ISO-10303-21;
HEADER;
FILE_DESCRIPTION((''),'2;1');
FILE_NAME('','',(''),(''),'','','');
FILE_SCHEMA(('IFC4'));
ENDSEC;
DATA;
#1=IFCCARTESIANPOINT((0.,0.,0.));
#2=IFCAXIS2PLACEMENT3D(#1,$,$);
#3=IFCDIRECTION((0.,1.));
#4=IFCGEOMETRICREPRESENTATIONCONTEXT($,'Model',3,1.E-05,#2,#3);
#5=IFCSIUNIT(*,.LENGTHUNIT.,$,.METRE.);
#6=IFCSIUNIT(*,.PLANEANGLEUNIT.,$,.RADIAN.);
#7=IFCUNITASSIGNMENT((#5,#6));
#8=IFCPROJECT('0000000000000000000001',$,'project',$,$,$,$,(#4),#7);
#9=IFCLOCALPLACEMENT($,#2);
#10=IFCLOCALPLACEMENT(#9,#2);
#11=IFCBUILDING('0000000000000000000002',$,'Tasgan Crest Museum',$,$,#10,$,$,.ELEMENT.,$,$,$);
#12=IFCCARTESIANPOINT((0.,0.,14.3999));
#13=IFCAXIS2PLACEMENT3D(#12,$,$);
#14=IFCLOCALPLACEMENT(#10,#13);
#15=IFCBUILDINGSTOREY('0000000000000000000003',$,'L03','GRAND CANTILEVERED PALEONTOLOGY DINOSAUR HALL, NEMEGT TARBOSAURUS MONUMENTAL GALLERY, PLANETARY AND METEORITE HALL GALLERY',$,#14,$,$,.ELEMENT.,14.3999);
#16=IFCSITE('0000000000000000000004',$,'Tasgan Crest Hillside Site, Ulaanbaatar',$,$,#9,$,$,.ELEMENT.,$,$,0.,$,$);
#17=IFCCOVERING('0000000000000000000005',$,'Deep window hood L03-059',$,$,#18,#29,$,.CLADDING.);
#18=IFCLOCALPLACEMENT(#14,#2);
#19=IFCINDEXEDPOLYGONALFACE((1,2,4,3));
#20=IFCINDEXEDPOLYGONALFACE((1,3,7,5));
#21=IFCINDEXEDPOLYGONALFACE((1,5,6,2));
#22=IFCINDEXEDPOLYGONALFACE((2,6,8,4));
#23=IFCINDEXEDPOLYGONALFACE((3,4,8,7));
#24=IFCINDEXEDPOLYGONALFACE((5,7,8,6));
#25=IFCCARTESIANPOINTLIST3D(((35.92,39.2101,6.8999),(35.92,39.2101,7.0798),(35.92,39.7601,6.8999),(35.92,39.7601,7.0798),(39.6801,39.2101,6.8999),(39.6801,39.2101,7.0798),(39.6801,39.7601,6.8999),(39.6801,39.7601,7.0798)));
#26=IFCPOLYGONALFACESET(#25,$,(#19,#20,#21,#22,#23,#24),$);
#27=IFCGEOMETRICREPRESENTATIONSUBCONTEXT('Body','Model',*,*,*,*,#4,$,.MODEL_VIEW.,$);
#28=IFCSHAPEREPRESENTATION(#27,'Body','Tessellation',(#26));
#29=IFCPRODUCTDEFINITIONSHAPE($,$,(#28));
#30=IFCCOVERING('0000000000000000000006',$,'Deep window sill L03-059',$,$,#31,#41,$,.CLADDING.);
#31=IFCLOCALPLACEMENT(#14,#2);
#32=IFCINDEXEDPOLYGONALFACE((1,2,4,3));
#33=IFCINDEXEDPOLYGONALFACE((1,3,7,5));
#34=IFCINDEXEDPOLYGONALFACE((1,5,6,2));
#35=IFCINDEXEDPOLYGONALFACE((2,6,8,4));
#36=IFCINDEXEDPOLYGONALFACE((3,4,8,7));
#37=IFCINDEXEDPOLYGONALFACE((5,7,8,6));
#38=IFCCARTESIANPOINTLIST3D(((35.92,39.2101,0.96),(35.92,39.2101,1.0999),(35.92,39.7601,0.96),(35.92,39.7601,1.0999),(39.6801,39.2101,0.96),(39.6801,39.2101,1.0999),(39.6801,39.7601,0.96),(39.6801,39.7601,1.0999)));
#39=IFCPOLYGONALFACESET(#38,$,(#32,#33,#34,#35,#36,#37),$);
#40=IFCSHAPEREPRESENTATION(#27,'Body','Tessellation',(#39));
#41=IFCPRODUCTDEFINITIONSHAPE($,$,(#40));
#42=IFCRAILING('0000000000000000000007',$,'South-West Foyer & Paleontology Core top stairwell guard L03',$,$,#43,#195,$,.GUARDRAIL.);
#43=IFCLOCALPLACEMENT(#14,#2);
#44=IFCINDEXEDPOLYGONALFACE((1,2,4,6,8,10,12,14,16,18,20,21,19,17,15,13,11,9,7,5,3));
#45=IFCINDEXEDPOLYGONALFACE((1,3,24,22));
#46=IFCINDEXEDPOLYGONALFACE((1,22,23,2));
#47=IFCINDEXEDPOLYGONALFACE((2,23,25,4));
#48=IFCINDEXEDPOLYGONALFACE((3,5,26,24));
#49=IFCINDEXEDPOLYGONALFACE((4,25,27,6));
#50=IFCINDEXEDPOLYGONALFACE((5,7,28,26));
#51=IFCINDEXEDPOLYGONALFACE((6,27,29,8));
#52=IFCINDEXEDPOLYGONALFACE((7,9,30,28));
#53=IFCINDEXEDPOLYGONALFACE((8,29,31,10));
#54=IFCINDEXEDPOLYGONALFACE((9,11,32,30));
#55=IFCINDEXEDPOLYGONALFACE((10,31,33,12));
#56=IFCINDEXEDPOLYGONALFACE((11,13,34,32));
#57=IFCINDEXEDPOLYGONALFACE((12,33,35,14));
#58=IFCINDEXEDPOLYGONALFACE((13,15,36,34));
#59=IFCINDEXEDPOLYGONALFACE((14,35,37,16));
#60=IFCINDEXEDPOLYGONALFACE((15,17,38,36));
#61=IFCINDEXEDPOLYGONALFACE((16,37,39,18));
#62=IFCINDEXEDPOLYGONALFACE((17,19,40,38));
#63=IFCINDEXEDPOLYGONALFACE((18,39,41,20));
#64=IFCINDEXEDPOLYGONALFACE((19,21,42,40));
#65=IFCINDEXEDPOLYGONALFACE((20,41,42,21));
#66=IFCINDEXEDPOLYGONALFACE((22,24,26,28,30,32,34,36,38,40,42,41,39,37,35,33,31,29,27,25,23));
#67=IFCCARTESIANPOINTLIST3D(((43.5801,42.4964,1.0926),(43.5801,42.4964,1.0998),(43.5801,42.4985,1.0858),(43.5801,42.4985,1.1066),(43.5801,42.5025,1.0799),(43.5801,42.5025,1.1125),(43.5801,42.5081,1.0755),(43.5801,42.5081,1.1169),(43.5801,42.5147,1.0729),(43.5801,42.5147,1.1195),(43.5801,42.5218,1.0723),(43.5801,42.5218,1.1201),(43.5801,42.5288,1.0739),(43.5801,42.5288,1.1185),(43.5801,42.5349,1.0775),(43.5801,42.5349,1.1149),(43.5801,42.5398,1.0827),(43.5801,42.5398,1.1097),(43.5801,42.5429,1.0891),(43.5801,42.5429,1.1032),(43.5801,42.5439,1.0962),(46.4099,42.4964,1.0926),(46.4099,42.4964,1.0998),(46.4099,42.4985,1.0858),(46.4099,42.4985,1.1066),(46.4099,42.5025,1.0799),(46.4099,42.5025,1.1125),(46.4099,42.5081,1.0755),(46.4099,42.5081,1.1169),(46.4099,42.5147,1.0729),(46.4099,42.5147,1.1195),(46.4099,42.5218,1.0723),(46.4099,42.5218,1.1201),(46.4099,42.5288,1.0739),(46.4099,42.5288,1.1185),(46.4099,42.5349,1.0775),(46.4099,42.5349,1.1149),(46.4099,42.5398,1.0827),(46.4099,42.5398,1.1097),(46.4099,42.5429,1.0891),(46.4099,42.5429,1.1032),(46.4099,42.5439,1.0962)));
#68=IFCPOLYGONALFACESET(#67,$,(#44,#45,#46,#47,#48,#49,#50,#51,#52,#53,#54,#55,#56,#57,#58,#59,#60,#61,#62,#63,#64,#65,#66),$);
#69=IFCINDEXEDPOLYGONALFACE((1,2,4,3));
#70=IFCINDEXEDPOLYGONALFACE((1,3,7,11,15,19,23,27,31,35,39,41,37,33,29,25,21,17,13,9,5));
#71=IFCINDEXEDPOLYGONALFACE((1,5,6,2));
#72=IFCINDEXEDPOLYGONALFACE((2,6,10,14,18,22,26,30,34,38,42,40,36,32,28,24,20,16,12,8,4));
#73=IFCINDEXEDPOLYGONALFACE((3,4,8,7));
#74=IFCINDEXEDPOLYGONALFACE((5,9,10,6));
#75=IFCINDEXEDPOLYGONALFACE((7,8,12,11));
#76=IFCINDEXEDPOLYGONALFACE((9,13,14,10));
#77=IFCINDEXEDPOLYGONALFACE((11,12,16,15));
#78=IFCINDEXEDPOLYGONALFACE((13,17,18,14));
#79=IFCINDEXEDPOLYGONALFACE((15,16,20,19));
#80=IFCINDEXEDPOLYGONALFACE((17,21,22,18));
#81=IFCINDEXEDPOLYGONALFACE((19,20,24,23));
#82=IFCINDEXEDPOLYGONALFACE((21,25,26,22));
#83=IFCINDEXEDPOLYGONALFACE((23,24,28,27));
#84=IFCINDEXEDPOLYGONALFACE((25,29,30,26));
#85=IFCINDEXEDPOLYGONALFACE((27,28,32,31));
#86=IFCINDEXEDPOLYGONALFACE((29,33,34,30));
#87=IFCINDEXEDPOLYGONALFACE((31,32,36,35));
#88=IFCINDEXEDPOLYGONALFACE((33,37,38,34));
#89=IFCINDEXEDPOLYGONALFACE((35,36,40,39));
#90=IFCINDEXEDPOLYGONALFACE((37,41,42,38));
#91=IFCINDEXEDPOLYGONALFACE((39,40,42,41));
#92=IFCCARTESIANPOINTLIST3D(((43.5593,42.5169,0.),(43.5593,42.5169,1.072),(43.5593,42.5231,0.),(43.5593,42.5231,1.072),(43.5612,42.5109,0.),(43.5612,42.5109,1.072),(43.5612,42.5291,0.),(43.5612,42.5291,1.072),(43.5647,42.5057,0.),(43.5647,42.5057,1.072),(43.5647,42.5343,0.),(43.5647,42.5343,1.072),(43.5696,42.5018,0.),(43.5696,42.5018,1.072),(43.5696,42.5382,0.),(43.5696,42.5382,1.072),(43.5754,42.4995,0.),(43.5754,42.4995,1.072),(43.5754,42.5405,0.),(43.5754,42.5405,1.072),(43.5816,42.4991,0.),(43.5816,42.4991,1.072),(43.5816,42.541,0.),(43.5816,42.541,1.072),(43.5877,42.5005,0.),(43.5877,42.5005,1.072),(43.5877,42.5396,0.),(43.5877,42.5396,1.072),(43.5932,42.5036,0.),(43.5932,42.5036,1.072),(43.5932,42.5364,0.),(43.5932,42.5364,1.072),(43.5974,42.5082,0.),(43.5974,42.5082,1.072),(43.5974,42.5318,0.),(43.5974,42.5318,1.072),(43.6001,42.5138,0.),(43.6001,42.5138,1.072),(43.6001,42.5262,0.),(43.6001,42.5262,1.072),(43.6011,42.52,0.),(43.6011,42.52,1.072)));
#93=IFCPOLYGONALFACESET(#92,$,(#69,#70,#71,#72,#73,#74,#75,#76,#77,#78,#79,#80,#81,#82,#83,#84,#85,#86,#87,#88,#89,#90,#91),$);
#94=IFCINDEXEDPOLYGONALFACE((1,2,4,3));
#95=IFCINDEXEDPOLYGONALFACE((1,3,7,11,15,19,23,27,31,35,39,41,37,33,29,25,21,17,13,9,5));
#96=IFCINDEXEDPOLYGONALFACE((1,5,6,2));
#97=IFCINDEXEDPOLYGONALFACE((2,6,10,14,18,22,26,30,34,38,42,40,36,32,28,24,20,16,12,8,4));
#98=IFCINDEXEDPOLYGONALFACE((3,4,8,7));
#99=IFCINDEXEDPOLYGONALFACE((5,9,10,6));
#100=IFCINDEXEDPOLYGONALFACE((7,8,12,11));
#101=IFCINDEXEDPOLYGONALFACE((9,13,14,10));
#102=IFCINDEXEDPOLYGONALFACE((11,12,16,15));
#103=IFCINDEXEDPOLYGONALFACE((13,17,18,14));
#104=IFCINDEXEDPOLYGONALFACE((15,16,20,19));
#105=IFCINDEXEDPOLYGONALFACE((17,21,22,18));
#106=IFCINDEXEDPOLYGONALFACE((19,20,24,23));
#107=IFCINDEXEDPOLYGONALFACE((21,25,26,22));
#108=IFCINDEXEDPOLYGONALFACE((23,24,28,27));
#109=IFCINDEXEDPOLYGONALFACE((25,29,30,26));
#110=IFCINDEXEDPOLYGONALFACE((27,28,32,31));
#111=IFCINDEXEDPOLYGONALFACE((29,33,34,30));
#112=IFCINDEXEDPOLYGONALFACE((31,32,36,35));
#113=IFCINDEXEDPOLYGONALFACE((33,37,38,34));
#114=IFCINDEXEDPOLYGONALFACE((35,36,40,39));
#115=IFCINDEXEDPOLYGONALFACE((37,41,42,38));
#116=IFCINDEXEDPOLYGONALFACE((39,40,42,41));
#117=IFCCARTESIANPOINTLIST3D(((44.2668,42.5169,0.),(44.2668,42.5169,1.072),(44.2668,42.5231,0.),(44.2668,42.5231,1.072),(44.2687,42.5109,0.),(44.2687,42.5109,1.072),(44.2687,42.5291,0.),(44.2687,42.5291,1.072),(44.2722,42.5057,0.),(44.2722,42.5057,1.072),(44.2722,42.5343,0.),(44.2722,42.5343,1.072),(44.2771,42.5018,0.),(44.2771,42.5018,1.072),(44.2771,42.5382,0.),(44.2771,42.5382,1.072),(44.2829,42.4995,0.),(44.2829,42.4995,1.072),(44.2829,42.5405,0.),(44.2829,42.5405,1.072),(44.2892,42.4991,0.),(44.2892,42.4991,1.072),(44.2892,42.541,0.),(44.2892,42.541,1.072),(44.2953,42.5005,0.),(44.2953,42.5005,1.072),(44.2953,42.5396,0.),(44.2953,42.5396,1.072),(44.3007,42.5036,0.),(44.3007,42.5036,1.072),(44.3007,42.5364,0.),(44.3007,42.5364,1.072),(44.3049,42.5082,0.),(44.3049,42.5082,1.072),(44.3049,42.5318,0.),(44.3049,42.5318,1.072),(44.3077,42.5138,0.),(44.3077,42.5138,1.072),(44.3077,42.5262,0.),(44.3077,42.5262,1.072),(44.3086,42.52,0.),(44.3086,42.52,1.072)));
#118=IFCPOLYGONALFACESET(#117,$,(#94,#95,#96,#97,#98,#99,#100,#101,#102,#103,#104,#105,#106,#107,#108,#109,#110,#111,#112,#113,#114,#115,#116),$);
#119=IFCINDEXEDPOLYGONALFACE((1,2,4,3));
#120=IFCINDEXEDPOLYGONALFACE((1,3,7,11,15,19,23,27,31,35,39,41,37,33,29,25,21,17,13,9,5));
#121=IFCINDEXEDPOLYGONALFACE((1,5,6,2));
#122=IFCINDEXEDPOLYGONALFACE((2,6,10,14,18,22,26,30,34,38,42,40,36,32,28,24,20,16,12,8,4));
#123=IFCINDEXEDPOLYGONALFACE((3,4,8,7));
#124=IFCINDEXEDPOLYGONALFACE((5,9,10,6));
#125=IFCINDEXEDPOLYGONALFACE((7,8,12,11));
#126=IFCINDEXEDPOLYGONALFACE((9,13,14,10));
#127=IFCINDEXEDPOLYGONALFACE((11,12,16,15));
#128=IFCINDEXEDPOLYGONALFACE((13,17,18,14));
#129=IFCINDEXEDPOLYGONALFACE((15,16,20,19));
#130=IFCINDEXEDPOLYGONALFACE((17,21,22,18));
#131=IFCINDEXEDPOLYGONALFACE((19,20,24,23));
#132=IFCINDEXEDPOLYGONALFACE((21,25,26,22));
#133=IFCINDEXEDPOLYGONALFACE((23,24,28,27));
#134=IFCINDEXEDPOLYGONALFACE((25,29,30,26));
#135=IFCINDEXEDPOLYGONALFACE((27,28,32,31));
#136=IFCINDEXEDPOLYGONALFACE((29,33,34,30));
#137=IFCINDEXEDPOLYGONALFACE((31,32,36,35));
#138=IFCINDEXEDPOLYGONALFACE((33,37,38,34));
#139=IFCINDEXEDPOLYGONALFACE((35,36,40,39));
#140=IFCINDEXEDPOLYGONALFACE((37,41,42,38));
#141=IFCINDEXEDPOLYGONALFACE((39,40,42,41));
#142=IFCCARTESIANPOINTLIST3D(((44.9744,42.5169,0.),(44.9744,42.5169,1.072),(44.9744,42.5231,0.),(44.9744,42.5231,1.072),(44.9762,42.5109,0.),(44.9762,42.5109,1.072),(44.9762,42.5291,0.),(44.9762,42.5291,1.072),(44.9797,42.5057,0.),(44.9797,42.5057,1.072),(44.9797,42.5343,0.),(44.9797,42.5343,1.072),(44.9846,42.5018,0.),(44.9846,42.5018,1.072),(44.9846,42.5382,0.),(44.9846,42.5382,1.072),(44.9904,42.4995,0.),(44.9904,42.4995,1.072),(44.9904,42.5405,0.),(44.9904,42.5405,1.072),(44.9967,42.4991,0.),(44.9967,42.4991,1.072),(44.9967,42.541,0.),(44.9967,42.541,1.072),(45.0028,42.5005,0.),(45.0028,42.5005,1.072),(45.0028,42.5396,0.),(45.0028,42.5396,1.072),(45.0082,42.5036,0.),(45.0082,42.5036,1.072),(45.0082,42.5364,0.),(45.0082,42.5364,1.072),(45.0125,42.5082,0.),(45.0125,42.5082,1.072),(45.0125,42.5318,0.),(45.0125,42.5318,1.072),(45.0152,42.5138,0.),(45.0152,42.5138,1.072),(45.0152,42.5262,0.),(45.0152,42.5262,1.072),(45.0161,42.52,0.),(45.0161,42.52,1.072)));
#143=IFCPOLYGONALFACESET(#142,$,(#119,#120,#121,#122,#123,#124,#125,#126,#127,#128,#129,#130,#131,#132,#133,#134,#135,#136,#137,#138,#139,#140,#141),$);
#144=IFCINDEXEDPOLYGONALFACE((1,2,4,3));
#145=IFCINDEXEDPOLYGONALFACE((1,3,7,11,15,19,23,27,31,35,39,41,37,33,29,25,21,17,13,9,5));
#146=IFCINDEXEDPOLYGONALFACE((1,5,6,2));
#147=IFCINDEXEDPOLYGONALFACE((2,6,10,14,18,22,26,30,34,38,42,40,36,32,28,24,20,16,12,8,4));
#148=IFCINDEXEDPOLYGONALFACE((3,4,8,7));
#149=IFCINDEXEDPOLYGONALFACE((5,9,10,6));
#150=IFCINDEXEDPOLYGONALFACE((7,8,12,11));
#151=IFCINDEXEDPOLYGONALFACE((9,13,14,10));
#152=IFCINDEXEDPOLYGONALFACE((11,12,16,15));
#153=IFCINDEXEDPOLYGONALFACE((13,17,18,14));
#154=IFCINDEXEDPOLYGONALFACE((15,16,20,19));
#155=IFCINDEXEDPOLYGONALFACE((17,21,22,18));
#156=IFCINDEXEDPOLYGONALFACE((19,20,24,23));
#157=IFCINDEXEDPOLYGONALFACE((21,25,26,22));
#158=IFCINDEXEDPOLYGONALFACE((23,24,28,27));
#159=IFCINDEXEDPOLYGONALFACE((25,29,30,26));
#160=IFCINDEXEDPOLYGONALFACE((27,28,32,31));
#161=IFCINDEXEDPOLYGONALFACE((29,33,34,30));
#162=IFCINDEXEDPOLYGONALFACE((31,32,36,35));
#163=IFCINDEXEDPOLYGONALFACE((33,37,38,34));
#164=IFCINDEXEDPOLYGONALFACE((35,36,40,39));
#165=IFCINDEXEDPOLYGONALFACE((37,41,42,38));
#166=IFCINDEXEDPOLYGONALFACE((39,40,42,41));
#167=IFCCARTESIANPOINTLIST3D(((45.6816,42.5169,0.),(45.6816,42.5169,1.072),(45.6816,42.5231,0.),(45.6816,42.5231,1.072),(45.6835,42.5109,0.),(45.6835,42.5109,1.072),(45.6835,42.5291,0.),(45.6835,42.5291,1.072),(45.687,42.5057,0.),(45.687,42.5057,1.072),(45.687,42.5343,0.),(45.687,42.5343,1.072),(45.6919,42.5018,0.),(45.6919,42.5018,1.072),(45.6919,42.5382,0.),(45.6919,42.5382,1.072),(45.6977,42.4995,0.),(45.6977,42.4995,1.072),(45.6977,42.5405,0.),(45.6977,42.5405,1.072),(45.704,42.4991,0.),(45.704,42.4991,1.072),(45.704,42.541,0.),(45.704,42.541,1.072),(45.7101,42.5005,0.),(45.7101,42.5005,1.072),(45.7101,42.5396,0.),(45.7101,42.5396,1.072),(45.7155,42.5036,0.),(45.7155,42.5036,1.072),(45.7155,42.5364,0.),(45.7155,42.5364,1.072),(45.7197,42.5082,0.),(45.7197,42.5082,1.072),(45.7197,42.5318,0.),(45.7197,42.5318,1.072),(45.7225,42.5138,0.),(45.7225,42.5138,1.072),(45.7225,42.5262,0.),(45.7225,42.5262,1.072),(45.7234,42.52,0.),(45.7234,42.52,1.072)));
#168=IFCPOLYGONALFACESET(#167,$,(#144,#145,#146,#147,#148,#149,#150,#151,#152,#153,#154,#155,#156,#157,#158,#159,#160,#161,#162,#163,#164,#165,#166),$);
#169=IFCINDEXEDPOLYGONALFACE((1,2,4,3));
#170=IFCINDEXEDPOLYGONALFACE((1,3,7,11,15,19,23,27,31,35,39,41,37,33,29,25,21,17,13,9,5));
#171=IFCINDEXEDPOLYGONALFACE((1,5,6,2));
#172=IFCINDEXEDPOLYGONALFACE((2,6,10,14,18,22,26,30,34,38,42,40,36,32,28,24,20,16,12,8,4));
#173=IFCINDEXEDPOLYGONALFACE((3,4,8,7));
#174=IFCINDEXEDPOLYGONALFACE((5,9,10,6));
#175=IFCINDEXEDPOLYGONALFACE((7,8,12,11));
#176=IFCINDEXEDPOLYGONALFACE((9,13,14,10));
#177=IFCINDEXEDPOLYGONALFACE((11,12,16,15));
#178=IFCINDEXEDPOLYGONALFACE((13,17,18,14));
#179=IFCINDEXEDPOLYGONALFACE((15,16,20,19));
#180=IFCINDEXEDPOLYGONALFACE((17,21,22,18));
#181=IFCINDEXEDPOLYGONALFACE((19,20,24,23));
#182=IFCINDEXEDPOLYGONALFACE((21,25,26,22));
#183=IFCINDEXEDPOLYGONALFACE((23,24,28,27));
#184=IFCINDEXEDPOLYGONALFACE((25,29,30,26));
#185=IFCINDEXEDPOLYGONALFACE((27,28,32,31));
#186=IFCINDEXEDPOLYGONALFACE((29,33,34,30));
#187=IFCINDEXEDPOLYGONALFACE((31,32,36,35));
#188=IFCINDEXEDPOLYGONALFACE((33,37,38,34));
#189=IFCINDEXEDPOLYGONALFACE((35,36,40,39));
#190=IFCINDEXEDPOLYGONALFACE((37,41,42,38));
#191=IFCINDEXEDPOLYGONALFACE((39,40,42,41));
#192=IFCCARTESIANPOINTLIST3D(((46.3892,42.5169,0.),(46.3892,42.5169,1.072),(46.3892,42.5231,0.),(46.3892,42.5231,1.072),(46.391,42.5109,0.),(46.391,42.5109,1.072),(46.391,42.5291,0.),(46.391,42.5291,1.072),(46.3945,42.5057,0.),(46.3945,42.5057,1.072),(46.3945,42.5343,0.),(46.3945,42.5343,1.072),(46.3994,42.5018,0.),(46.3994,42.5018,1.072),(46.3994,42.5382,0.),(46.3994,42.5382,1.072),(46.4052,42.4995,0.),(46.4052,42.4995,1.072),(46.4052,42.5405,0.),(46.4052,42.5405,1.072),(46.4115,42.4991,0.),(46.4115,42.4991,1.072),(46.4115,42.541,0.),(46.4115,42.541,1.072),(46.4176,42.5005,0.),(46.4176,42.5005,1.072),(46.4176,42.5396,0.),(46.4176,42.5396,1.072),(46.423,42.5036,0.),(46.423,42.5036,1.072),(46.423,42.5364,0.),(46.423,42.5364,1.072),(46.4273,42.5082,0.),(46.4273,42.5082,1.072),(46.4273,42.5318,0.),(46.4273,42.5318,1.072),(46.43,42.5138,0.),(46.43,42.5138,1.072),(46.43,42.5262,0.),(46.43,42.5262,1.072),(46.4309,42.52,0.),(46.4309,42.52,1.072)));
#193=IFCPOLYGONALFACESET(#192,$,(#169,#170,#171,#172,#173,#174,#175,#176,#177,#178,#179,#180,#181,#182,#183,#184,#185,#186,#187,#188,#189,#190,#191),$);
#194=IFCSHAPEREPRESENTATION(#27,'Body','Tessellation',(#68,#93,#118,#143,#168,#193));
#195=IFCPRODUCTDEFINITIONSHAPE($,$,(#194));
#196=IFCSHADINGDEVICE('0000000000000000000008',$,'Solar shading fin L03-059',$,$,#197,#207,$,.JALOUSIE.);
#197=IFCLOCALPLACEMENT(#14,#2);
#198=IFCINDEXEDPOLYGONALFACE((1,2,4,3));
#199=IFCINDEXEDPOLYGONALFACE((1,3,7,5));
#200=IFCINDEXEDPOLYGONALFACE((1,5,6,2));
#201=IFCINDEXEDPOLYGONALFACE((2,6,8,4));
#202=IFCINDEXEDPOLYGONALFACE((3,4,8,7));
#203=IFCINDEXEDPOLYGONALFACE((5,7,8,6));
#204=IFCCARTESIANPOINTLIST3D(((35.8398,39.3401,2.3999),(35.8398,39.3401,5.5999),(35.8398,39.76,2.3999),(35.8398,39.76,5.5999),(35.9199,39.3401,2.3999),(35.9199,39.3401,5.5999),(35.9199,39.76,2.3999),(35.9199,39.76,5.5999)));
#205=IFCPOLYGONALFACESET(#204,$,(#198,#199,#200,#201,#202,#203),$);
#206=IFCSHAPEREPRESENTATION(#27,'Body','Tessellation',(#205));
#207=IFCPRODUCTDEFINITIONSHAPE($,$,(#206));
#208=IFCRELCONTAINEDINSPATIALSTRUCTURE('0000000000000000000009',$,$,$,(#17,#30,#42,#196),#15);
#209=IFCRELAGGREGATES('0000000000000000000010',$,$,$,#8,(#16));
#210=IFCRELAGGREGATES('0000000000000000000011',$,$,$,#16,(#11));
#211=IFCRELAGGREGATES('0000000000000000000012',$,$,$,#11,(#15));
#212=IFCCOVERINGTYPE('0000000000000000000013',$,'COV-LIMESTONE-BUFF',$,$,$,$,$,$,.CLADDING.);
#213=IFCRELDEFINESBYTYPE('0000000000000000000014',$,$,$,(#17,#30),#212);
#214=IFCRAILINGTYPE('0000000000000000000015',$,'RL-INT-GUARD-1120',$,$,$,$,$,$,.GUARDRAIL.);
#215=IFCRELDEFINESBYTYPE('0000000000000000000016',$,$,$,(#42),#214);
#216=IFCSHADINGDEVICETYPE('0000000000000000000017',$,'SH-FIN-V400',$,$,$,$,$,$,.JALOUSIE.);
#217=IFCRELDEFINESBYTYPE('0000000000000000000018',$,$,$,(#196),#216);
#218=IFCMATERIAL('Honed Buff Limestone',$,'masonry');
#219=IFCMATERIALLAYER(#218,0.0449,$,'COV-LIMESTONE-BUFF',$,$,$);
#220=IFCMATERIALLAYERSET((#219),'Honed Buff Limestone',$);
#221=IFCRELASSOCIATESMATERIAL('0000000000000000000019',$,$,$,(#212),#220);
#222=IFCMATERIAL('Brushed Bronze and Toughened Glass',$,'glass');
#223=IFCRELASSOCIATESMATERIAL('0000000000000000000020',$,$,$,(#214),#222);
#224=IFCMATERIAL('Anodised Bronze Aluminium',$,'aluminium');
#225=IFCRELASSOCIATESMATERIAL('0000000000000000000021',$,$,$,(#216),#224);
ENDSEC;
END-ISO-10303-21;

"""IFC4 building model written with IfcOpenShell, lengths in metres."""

from ifc_helpers import new_model, si_unit, direction, frame, origin, origin_2d, place, context, subcontext, project, spatial, rectangle, circle, extrude, material, layer, layer_set, type_object, element, save


model = new_model("IFC4")

# Units and contexts
model_context = context("Model", 3, precision=1e-05, world=origin(), true_north=direction((0.0, 1.0)))
body_context = subcontext(model_context, "Body", "Model", "MODEL_VIEW")
ifc_project = project(units=[si_unit("LENGTHUNIT", "METRE"), si_unit("PLANEANGLEUNIT", "RADIAN")], contexts=[model_context])

# Site, building, storey
site_placement = place(None, origin())
site = spatial("IfcSite", under=ifc_project, at=site_placement, Name="Tasgan Crest Hillside Site, Ulaanbaatar", CompositionType="ELEMENT", RefElevation=0.0)
building_placement = place(site_placement, origin())
building = spatial("IfcBuilding", under=site, at=building_placement, Name="Tasgan Crest Museum", CompositionType="ELEMENT")
storey_placement = place(building_placement, frame((0.0, 0.0, 14.3999)))
storey = spatial("IfcBuildingStorey", under=building, at=storey_placement, Name="L03", Description="GRAND CANTILEVERED PALEONTOLOGY DINOSAUR HALL, NEMEGT TARBOSAURUS MONUMENTAL GALLERY, PLANETARY AND METEORITE HALL GALLERY", CompositionType="ELEMENT", Elevation=14.3999)

# Coverings
ifc_material_1 = material(Name="Honed Buff Limestone", Category="masonry")
ifc_layer_1 = layer(ifc_material_1, 0.0449, Name="COV-LIMESTONE-BUFF")
ifc_layer_set_1 = layer_set([ifc_layer_1], Name="Honed Buff Limestone")
covering_type_1 = type_object("IfcCoveringType", Name="COV-LIMESTONE-BUFF", PredefinedType="CLADDING", material=ifc_layer_set_1)
covering_1_placement = place(storey_placement, frame((37.8, 39.4851, 6.8999), z_axis=(0.0, 0.0, 1.0), x_axis=(1.0, 0.0, 0.0)))
element("IfcCovering", 1, at=covering_1_placement, inside=storey, type_object=covering_type_1, Name="Deep window hood L03-059", PredefinedType="CLADDING", context=body_context, shape_type="SweptSolid", body=[
    extrude(rectangle(XDim=3.76, YDim=0.55, at=origin_2d()), origin(), (0.0, 0.0, 1.0), 0.1799),
])
covering_2_placement = place(storey_placement, frame((37.8, 39.4851, 0.96), z_axis=(0.0, 0.0, 1.0), x_axis=(1.0, 0.0, 0.0)))
element("IfcCovering", 2, at=covering_2_placement, inside=storey, type_object=covering_type_1, Name="Deep window sill L03-059", PredefinedType="CLADDING", context=body_context, shape_type="SweptSolid", body=[
    extrude(rectangle(XDim=3.76, YDim=0.55, at=origin_2d()), origin(), (0.0, 0.0, 1.0), 0.1399),
])

# Railing
ifc_material_2 = material(Name="Brushed Bronze and Toughened Glass", Category="glass")
railing_type = type_object("IfcRailingType", Name="RL-INT-GUARD-1120", PredefinedType="GUARDRAIL", material=ifc_material_2)
railing_placement = place(storey_placement, frame((43.5801, 42.52, 0.0)))
element("IfcRailing", 3, at=railing_placement, inside=storey, type_object=railing_type, Name="South-West Foyer & Paleontology Core top stairwell guard L03", PredefinedType="GUARDRAIL", context=body_context, shape_type="SweptSolid", body=[
    extrude(circle(Radius=0.0239, at=origin_2d()), frame((0.0, 0.0, 1.0962), z_axis=(1.0, 0.0, 0.0), x_axis=(0.0, 1.0, 0.0)), (0.0, 0.0, 1.0), 2.8298),
    extrude(circle(Radius=0.021, at=origin_2d()), origin(), (0.0, 0.0, 1.0), 1.072),
    extrude(circle(Radius=0.021, at=origin_2d()), frame((0.7075, 0.0, 0.0)), (0.0, 0.0, 1.0), 1.072),
    extrude(circle(Radius=0.021, at=origin_2d()), frame((1.415, 0.0, 0.0)), (0.0, 0.0, 1.0), 1.072),
    extrude(circle(Radius=0.021, at=origin_2d()), frame((2.1223, 0.0, 0.0)), (0.0, 0.0, 1.0), 1.072),
    extrude(circle(Radius=0.021, at=origin_2d()), frame((2.8298, 0.0, 0.0)), (0.0, 0.0, 1.0), 1.072),
])

# Shading device
ifc_material_3 = material(Name="Anodised Bronze Aluminium", Category="aluminium")
shading_device_type = type_object("IfcShadingDeviceType", Name="SH-FIN-V400", PredefinedType="JALOUSIE", material=ifc_material_3)
shading_device_placement = place(storey_placement, frame((35.8799, 39.55, 2.3999), z_axis=(0.0, 0.0, 1.0), x_axis=(1.0, 0.0, 0.0)))
element("IfcShadingDevice", 4, at=shading_device_placement, inside=storey, type_object=shading_device_type, Name="Solar shading fin L03-059", PredefinedType="JALOUSIE", context=body_context, shape_type="SweptSolid", body=[
    extrude(rectangle(XDim=0.0801, YDim=0.4199, at=origin_2d()), origin(), (0.0, 0.0, 1.0), 3.2),
])

save(model, "model.ifc")
